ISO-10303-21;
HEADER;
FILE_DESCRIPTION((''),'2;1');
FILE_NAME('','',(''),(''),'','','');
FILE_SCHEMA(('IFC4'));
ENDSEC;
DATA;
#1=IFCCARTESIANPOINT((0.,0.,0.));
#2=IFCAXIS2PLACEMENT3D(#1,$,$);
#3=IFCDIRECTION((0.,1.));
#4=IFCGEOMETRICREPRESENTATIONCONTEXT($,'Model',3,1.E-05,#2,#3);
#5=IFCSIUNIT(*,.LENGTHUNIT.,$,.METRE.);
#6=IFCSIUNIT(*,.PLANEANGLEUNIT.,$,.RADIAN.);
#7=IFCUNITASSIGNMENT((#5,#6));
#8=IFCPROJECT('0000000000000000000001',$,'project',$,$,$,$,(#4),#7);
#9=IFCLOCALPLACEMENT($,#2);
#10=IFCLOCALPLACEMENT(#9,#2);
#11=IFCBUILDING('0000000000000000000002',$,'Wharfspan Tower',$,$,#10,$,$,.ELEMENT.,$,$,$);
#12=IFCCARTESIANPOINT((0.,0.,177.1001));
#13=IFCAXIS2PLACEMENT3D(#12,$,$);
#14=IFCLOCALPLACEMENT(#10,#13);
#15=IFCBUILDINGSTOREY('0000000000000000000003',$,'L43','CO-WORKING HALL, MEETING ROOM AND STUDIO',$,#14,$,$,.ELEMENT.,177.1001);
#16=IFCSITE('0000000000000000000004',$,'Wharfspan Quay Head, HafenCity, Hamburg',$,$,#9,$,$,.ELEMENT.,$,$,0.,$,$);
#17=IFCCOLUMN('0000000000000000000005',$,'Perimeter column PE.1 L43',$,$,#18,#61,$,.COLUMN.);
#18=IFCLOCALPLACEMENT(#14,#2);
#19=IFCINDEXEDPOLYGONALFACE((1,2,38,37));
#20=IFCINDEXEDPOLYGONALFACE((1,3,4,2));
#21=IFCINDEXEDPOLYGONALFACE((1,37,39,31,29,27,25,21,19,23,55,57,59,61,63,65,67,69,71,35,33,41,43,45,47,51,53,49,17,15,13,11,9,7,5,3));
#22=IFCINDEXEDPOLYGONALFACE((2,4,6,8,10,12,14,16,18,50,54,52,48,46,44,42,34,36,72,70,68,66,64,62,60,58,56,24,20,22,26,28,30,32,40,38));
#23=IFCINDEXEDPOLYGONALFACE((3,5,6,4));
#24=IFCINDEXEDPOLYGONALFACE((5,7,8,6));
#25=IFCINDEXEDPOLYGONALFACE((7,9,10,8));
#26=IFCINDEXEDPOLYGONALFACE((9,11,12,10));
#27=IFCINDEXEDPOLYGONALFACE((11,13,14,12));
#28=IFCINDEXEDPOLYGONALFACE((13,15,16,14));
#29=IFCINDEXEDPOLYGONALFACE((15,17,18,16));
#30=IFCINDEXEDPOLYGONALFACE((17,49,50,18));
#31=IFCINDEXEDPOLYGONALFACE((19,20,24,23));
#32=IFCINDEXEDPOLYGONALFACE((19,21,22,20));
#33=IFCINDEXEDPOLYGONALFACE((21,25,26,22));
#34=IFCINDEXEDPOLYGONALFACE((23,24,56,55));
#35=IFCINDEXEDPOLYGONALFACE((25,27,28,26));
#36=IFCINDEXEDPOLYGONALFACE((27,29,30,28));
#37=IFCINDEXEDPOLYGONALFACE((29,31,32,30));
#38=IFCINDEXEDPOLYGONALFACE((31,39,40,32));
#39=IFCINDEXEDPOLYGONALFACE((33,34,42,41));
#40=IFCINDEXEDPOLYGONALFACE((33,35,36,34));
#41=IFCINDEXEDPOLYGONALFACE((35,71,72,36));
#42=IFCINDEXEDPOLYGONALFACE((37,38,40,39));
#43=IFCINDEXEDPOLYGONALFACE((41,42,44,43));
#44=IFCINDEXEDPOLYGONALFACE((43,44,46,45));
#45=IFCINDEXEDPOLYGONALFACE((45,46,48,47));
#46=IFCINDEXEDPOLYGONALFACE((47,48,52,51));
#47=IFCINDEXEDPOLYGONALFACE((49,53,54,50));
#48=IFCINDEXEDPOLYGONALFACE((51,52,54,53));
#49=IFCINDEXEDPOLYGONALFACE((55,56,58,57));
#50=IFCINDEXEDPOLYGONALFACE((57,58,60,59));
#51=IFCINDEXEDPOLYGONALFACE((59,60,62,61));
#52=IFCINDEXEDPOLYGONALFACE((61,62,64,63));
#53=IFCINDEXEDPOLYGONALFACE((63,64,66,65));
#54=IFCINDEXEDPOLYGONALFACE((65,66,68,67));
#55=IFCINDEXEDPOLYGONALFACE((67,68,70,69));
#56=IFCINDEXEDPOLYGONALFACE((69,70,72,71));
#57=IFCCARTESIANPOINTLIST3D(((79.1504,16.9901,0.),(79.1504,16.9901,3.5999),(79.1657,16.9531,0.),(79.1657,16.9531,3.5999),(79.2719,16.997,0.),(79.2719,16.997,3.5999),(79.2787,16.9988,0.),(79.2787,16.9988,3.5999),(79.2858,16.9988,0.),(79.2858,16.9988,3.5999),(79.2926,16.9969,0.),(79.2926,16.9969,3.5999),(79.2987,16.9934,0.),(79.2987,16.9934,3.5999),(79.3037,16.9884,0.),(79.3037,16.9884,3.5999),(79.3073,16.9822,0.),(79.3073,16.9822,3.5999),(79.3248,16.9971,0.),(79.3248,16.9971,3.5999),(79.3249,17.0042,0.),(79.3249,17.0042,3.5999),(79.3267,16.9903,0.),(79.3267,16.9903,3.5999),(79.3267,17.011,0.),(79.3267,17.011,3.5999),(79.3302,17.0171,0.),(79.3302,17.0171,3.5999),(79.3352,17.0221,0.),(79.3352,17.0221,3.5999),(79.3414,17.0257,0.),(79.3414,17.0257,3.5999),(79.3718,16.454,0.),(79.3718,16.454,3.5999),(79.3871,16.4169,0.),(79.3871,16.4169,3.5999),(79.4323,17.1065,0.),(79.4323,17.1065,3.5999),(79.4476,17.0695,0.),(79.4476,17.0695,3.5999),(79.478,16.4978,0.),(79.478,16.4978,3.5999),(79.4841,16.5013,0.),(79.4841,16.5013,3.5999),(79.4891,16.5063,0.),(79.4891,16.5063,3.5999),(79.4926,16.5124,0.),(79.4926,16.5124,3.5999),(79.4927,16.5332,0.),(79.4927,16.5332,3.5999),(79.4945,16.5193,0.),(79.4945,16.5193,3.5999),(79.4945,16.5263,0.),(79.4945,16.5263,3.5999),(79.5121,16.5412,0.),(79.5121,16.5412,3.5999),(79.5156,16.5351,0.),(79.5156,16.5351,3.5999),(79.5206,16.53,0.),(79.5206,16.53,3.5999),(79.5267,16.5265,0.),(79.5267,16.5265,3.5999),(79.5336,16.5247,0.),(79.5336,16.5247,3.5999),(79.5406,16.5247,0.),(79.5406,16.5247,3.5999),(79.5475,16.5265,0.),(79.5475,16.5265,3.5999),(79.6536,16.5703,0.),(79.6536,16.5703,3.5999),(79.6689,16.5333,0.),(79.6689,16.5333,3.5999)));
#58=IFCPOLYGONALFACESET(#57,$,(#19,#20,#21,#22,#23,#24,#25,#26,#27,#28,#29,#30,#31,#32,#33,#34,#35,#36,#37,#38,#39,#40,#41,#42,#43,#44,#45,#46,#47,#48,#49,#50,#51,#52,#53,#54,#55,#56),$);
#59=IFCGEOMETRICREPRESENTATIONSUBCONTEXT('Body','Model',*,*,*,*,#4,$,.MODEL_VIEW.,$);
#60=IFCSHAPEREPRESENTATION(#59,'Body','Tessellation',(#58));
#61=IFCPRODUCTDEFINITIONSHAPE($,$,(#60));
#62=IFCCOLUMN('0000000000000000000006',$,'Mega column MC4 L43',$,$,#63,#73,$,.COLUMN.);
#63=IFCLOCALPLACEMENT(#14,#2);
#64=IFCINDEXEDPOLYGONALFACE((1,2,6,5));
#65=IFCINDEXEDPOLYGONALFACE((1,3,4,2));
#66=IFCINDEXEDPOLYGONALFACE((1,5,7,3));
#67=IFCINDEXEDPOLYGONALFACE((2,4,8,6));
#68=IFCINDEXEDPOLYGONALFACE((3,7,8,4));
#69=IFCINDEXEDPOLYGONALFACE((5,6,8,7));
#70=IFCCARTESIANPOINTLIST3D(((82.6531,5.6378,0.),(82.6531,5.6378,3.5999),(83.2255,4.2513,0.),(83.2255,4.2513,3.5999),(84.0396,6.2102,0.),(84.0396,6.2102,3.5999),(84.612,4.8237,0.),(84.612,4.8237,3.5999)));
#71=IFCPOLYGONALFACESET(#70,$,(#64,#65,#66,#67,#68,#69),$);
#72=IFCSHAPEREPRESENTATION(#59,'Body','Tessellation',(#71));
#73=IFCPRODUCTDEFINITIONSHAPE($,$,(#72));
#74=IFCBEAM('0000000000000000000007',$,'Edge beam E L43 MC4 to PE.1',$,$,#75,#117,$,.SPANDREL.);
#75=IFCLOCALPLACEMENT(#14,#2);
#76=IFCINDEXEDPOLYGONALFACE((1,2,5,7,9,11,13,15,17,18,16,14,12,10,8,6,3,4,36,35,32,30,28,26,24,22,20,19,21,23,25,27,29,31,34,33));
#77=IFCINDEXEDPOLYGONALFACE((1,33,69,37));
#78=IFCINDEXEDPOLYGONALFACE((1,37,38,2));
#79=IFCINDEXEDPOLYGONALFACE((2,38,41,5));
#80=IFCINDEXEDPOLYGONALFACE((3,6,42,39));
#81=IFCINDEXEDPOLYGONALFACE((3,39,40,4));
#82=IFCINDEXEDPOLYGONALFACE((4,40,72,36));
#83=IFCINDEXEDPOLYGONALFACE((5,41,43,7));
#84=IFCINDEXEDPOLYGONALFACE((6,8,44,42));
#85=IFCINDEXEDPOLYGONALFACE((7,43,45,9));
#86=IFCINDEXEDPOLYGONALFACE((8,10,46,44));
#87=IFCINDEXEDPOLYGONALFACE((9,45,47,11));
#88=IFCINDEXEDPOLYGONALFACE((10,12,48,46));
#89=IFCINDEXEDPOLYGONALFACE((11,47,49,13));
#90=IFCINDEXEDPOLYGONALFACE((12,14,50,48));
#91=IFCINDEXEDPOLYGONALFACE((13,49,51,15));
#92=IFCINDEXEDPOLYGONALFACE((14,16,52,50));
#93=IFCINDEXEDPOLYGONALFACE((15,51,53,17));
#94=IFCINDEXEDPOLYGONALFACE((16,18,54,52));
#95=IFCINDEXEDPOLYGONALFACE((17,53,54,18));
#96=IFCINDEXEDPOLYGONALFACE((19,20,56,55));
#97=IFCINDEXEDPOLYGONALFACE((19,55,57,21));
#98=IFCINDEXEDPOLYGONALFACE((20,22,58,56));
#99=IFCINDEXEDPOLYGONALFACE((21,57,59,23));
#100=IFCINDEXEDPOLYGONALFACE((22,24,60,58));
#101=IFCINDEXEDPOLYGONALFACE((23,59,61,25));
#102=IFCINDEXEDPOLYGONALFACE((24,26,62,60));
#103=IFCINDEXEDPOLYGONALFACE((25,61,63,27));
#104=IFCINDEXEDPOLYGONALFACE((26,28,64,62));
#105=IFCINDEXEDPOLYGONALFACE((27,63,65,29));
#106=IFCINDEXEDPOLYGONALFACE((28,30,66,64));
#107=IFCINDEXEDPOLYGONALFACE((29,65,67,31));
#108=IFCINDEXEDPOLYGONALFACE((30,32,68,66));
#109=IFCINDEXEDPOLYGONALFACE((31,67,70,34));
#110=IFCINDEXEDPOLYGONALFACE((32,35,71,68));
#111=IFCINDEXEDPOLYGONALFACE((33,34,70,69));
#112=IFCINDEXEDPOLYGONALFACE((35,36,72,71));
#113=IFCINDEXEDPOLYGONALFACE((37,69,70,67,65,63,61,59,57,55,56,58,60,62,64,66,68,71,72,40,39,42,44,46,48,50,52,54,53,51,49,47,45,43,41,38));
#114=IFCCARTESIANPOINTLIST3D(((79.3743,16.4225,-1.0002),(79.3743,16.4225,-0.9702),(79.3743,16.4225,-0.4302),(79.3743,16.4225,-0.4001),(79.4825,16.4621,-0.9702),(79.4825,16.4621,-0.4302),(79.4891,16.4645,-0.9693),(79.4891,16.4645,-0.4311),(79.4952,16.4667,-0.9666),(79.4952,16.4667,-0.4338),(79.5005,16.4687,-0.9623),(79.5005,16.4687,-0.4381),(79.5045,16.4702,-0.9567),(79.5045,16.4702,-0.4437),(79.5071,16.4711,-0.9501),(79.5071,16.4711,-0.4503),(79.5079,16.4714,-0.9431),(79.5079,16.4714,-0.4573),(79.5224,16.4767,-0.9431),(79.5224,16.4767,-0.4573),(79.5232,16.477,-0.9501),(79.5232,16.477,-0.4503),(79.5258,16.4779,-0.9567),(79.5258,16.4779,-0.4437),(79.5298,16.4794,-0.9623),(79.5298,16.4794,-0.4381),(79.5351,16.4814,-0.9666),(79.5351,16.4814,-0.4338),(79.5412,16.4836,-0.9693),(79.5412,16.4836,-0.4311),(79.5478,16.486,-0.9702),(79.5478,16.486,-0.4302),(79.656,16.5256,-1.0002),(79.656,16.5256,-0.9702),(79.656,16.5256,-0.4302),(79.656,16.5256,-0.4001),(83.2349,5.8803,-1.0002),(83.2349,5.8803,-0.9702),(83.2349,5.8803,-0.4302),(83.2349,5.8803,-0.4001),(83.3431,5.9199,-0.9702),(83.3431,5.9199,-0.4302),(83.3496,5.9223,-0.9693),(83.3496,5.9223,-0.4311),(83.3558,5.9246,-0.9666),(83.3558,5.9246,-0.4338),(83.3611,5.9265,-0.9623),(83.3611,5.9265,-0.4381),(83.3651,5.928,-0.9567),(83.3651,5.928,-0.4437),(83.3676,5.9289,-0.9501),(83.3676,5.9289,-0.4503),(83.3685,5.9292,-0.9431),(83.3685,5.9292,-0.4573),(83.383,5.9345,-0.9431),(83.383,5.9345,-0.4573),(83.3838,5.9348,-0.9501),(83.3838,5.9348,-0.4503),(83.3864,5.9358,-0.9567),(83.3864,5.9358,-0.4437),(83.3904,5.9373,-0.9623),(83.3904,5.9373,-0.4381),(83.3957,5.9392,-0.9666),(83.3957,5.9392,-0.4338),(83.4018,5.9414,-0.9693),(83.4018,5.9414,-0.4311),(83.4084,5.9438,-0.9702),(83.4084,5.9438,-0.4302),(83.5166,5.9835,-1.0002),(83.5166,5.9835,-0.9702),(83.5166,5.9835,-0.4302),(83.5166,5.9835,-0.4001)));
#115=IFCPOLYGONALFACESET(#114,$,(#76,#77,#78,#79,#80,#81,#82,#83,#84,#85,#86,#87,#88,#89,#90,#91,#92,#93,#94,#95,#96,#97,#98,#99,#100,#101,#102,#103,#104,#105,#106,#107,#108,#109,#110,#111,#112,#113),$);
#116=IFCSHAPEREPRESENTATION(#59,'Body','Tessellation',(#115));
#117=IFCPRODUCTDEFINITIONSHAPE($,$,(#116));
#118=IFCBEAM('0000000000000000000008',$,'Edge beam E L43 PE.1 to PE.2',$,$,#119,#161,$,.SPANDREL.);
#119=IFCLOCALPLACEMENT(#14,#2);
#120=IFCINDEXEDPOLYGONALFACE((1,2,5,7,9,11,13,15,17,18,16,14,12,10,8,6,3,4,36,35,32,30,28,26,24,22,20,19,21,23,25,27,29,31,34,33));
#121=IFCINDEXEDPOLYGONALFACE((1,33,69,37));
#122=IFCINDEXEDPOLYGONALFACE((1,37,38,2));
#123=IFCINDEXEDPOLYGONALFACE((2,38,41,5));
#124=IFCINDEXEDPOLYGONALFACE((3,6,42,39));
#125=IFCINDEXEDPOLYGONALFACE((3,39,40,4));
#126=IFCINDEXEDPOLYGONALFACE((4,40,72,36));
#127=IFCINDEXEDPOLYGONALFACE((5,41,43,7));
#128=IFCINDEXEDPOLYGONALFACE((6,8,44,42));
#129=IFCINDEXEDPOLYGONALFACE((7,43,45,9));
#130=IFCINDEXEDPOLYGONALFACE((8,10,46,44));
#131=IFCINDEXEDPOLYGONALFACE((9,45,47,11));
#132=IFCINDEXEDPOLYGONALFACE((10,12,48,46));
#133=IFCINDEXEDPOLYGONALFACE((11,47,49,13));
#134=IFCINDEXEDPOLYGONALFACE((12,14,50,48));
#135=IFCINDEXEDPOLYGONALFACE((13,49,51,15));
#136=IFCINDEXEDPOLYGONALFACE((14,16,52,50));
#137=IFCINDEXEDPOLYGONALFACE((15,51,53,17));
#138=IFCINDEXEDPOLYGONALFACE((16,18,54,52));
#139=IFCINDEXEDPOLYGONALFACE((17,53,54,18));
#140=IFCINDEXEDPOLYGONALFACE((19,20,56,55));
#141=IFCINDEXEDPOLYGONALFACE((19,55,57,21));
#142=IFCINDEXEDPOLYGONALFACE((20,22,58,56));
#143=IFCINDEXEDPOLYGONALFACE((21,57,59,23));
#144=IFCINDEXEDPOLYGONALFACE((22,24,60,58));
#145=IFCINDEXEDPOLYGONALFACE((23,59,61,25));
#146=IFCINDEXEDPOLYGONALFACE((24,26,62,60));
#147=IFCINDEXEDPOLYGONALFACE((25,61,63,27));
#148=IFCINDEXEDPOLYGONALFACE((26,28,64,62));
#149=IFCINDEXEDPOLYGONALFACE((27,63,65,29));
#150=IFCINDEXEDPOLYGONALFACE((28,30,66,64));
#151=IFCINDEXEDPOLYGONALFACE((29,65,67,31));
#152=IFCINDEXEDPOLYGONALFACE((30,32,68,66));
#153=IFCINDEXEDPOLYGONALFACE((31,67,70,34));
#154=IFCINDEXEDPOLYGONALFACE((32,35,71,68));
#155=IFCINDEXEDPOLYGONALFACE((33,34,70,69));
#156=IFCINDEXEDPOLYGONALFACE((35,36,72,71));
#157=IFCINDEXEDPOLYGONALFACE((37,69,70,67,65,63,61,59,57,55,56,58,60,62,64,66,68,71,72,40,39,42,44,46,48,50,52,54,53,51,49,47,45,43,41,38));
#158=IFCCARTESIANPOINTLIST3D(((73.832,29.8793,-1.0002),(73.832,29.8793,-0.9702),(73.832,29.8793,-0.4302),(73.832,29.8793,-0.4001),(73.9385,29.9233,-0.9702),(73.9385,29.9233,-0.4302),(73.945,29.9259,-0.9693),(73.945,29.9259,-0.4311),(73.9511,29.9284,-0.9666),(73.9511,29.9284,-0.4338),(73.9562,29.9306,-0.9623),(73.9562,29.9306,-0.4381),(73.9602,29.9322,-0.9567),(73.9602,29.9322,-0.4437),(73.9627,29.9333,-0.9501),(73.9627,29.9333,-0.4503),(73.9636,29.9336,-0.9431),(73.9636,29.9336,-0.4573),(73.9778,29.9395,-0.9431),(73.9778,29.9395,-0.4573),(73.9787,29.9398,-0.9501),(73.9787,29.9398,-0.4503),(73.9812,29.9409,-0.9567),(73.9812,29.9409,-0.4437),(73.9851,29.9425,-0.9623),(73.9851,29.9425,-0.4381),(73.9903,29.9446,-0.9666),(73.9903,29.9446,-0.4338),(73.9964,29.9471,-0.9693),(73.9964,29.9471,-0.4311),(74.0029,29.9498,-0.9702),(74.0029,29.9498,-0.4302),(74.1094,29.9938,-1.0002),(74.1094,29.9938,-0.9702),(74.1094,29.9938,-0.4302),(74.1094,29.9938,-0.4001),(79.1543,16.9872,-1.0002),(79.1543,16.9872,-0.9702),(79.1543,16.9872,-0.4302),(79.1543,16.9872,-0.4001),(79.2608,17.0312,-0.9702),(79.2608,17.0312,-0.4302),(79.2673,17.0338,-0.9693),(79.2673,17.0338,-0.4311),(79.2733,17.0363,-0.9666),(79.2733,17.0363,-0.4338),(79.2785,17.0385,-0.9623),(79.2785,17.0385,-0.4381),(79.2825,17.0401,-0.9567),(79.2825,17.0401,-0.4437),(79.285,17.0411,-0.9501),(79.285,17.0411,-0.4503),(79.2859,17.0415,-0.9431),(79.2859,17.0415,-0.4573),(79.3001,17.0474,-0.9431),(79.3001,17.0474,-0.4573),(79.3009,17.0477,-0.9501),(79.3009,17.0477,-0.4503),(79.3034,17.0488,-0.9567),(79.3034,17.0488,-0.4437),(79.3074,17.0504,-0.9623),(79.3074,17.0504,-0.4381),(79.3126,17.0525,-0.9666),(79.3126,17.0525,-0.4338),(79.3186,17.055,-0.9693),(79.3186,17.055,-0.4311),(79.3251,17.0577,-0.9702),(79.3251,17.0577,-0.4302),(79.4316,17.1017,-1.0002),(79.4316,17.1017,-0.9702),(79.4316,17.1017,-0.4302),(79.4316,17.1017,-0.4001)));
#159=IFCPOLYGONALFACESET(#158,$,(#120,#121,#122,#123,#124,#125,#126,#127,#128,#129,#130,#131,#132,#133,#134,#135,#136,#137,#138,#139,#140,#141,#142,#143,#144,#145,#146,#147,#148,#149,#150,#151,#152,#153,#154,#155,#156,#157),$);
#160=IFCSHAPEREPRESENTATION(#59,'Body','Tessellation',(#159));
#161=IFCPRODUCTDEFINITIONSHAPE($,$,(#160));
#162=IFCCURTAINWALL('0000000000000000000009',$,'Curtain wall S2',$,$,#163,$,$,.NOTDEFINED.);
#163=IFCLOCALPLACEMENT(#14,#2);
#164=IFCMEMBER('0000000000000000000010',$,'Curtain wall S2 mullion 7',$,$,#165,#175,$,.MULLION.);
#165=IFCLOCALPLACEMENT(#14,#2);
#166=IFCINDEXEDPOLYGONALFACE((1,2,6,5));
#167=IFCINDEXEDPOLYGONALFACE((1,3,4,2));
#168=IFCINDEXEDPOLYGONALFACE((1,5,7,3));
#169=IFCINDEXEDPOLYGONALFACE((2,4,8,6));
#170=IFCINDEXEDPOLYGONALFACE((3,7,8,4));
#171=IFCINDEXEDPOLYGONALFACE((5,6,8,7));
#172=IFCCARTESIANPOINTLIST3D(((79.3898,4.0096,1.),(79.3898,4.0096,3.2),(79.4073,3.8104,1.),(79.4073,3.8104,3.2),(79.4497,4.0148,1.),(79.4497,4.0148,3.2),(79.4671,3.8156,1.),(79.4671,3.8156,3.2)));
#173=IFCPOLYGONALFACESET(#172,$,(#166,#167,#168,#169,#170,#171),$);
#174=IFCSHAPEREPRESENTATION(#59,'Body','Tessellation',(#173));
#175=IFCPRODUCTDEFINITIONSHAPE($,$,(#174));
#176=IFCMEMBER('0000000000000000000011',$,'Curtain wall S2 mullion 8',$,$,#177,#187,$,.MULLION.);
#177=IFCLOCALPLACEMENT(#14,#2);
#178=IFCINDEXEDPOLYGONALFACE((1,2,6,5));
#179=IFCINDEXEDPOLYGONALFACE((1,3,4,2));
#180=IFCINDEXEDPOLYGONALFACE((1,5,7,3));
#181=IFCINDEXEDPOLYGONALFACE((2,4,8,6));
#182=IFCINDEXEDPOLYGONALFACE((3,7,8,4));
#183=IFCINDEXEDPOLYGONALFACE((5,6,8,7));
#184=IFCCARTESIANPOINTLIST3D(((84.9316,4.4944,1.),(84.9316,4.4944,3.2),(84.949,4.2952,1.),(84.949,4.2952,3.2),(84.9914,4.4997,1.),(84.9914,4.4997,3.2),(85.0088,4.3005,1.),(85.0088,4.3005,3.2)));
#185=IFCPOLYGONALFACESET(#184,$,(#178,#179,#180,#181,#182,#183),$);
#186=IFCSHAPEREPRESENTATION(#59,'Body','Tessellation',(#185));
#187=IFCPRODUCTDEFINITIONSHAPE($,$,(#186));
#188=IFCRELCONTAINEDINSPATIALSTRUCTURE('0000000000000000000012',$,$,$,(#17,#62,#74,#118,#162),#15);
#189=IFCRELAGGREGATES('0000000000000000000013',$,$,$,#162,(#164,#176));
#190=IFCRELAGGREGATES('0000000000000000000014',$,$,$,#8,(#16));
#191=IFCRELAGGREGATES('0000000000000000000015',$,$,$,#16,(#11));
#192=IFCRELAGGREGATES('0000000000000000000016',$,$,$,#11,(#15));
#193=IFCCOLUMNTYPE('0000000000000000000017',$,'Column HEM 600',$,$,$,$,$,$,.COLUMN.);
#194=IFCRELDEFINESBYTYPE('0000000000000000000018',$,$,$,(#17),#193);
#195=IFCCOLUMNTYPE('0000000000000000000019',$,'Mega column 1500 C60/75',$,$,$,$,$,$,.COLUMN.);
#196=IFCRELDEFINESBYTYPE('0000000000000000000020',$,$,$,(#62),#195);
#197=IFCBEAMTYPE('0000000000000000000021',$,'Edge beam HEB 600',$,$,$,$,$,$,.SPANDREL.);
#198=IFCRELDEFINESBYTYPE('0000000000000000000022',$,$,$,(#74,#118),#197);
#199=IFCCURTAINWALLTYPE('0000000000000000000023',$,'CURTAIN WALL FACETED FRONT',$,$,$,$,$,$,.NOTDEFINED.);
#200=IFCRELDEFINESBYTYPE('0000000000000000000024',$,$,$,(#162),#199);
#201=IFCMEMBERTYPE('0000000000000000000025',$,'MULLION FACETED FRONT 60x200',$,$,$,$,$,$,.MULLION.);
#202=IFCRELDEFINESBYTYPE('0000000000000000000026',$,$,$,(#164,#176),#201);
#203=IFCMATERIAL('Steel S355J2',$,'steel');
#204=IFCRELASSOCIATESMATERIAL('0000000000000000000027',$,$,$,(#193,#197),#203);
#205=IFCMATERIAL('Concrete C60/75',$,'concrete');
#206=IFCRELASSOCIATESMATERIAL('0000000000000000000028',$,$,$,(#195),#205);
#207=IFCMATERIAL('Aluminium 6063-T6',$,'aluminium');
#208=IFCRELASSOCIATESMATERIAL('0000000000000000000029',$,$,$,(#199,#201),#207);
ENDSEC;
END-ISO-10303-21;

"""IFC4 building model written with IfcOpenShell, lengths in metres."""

from ifc_helpers import new_model, si_unit, direction, frame, origin, origin_2d, place, context, subcontext, project, spatial, rectangle, i_section, extrude, material, material_profile, profile_set, type_object, element, aggregate, save


model = new_model("IFC4")

# Units and contexts
model_context = context("Model", 3, precision=1e-05, world=origin(), true_north=direction((0.0, 1.0)))
body_context = subcontext(model_context, "Body", "Model", "MODEL_VIEW")
ifc_project = project(units=[si_unit("LENGTHUNIT", "METRE"), si_unit("PLANEANGLEUNIT", "RADIAN")], contexts=[model_context])

# Site, building, storey
site_placement = place(None, origin())
site = spatial("IfcSite", under=ifc_project, at=site_placement, Name="Wharfspan Quay Head, HafenCity, Hamburg", CompositionType="ELEMENT", RefElevation=0.0)
building_placement = place(site_placement, origin())
building = spatial("IfcBuilding", under=site, at=building_placement, Name="Wharfspan Tower", CompositionType="ELEMENT")
storey_placement = place(building_placement, frame((0.0, 0.0, 177.1001)))
storey = spatial("IfcBuildingStorey", under=building, at=storey_placement, Name="L43", Description="CO-WORKING HALL, MEETING ROOM AND STUDIO", CompositionType="ELEMENT", Elevation=177.1001)

# Columns
ifc_material_1 = material(Name="Steel S355J2", Category="steel")
ifc_material_profile_1 = material_profile(ifc_material_1, i_section(OverallWidth=0.3049, OverallDepth=0.6201, WebThickness=0.021, FlangeThickness=0.04, FilletRadius=0.0271, at=origin_2d()))
ifc_profile_set_1 = profile_set([ifc_material_profile_1], Name="Steel S355J2")
column_type_1 = type_object("IfcColumnType", Name="Column HEM 600", PredefinedType="COLUMN", material=ifc_profile_set_1)
column_1_placement = place(storey_placement, frame((79.4097, 16.7617, 0.0), z_axis=(0.0, 0.0, 1.0), x_axis=(0.924325, 0.381602, 0.0)))
element("IfcColumn", 1, at=column_1_placement, inside=storey, type_object=column_type_1, Name="Perimeter column PE.1 L43", PredefinedType="COLUMN", context=body_context, shape_type="SweptSolid", body=[
    extrude(i_section(OverallWidth=0.3049, OverallDepth=0.6201, WebThickness=0.021, FlangeThickness=0.04, FilletRadius=0.0271, at=origin_2d()), origin(), (0.0, 0.0, 1.0), 3.5999),
])
ifc_material_2 = material(Name="Concrete C60/75", Category="concrete")
ifc_material_profile_2 = material_profile(ifc_material_2, rectangle(XDim=1.5, YDim=1.5, at=origin_2d()))
ifc_profile_set_2 = profile_set([ifc_material_profile_2], Name="Concrete C60/75")
column_type_2 = type_object("IfcColumnType", Name="Mega column 1500 C60/75", PredefinedType="COLUMN", material=ifc_profile_set_2)
column_2_placement = place(storey_placement, frame((83.6326, 5.2307, 0.0), z_axis=(0.0, 0.0, 1.0), x_axis=(-0.381602, 0.924325, 0.0)))
element("IfcColumn", 2, at=column_2_placement, inside=storey, type_object=column_type_2, Name="Mega column MC4 L43", PredefinedType="COLUMN", context=body_context, shape_type="SweptSolid", body=[
    extrude(rectangle(XDim=1.5, YDim=1.5, at=origin_2d()), origin(), (0.0, 0.0, 1.0), 3.5999),
])

# Beams
ifc_material_profile_3 = material_profile(ifc_material_1, i_section(OverallWidth=0.3, OverallDepth=0.6001, WebThickness=0.0154, FlangeThickness=0.03, FilletRadius=0.0271, at=origin_2d()))
ifc_profile_set_3 = profile_set([ifc_material_profile_3], Name="Steel S355J2")
beam_type = type_object("IfcBeamType", Name="Edge beam HEB 600", PredefinedType="SPANDREL", material=ifc_profile_set_3)
beam_1_placement = place(storey_placement, frame((83.3757, 5.9319, -0.7002), z_axis=(-0.343871, 0.939017, 0.0), x_axis=(-0.939017, -0.343871, 0.0)))
element("IfcBeam", 3, at=beam_1_placement, inside=storey, type_object=beam_type, Name="Edge beam E L43 MC4 to PE.1", PredefinedType="SPANDREL", context=body_context, shape_type="SweptSolid", body=[
    extrude(i_section(OverallWidth=0.3, OverallDepth=0.6001, WebThickness=0.0154, FlangeThickness=0.03, FilletRadius=0.0271, at=origin_2d()), origin(), (0.0, 0.0, 1.0), 11.2268),
])
beam_2_placement = place(storey_placement, frame((79.293, 17.0444, -0.7002), z_axis=(-0.381593, 0.92433, 0.0), x_axis=(-0.92433, -0.381593, 0.0)))
element("IfcBeam", 4, at=beam_2_placement, inside=storey, type_object=beam_type, Name="Edge beam E L43 PE.1 to PE.2", PredefinedType="SPANDREL", context=body_context, shape_type="SweptSolid", body=[
    extrude(i_section(OverallWidth=0.3, OverallDepth=0.6001, WebThickness=0.0154, FlangeThickness=0.03, FilletRadius=0.0271, at=origin_2d()), origin(), (0.0, 0.0, 1.0), 13.9475),
])

# Curtain wall, members
ifc_material_3 = material(Name="Aluminium 6063-T6", Category="aluminium")
curtain_wall_type_1 = type_object("IfcCurtainWallType", Name="CURTAIN WALL FACETED FRONT", PredefinedType="NOTDEFINED", material=ifc_material_3)
curtain_wall_1_placement = place(storey_placement, origin())
curtain_wall_1 = element("IfcCurtainWall", 5, at=curtain_wall_1_placement, inside=storey, type_object=curtain_wall_type_1, Name="Curtain wall S2", PredefinedType="NOTDEFINED")
ifc_material_profile_4 = material_profile(ifc_material_3, rectangle(XDim=0.2, YDim=0.0601, at=origin_2d()))
ifc_profile_set_4 = profile_set([ifc_material_profile_4], Name="Aluminium 6063-T6")
member_type_1 = type_object("IfcMemberType", Name="MULLION FACETED FRONT 60x200", PredefinedType="MULLION", material=ifc_profile_set_4)
member_1_placement = place(storey_placement, frame((79.4285, 3.9126, 1.0), z_axis=(0.0, 0.0, 1.0), x_axis=(-0.087156, 0.996198, 0.0)))
member_1 = element("IfcMember", 6, at=member_1_placement, type_object=member_type_1, Name="Curtain wall S2 mullion 7", PredefinedType="MULLION", context=body_context, shape_type="SweptSolid", body=[
    extrude(rectangle(XDim=0.2, YDim=0.0601, at=origin_2d()), origin(), (0.0, 0.0, 1.0), 2.2),
])
member_2_placement = place(storey_placement, frame((84.9702, 4.3975, 1.0), z_axis=(0.0, 0.0, 1.0), x_axis=(-0.087156, 0.996198, 0.0)))
member_2 = element("IfcMember", 7, at=member_2_placement, type_object=member_type_1, Name="Curtain wall S2 mullion 8", PredefinedType="MULLION", context=body_context, shape_type="SweptSolid", body=[
    extrude(rectangle(XDim=0.2, YDim=0.0601, at=origin_2d()), origin(), (0.0, 0.0, 1.0), 2.2),
])

aggregate(curtain_wall_1, [member_1, member_2])

save(model, "model.ifc")
